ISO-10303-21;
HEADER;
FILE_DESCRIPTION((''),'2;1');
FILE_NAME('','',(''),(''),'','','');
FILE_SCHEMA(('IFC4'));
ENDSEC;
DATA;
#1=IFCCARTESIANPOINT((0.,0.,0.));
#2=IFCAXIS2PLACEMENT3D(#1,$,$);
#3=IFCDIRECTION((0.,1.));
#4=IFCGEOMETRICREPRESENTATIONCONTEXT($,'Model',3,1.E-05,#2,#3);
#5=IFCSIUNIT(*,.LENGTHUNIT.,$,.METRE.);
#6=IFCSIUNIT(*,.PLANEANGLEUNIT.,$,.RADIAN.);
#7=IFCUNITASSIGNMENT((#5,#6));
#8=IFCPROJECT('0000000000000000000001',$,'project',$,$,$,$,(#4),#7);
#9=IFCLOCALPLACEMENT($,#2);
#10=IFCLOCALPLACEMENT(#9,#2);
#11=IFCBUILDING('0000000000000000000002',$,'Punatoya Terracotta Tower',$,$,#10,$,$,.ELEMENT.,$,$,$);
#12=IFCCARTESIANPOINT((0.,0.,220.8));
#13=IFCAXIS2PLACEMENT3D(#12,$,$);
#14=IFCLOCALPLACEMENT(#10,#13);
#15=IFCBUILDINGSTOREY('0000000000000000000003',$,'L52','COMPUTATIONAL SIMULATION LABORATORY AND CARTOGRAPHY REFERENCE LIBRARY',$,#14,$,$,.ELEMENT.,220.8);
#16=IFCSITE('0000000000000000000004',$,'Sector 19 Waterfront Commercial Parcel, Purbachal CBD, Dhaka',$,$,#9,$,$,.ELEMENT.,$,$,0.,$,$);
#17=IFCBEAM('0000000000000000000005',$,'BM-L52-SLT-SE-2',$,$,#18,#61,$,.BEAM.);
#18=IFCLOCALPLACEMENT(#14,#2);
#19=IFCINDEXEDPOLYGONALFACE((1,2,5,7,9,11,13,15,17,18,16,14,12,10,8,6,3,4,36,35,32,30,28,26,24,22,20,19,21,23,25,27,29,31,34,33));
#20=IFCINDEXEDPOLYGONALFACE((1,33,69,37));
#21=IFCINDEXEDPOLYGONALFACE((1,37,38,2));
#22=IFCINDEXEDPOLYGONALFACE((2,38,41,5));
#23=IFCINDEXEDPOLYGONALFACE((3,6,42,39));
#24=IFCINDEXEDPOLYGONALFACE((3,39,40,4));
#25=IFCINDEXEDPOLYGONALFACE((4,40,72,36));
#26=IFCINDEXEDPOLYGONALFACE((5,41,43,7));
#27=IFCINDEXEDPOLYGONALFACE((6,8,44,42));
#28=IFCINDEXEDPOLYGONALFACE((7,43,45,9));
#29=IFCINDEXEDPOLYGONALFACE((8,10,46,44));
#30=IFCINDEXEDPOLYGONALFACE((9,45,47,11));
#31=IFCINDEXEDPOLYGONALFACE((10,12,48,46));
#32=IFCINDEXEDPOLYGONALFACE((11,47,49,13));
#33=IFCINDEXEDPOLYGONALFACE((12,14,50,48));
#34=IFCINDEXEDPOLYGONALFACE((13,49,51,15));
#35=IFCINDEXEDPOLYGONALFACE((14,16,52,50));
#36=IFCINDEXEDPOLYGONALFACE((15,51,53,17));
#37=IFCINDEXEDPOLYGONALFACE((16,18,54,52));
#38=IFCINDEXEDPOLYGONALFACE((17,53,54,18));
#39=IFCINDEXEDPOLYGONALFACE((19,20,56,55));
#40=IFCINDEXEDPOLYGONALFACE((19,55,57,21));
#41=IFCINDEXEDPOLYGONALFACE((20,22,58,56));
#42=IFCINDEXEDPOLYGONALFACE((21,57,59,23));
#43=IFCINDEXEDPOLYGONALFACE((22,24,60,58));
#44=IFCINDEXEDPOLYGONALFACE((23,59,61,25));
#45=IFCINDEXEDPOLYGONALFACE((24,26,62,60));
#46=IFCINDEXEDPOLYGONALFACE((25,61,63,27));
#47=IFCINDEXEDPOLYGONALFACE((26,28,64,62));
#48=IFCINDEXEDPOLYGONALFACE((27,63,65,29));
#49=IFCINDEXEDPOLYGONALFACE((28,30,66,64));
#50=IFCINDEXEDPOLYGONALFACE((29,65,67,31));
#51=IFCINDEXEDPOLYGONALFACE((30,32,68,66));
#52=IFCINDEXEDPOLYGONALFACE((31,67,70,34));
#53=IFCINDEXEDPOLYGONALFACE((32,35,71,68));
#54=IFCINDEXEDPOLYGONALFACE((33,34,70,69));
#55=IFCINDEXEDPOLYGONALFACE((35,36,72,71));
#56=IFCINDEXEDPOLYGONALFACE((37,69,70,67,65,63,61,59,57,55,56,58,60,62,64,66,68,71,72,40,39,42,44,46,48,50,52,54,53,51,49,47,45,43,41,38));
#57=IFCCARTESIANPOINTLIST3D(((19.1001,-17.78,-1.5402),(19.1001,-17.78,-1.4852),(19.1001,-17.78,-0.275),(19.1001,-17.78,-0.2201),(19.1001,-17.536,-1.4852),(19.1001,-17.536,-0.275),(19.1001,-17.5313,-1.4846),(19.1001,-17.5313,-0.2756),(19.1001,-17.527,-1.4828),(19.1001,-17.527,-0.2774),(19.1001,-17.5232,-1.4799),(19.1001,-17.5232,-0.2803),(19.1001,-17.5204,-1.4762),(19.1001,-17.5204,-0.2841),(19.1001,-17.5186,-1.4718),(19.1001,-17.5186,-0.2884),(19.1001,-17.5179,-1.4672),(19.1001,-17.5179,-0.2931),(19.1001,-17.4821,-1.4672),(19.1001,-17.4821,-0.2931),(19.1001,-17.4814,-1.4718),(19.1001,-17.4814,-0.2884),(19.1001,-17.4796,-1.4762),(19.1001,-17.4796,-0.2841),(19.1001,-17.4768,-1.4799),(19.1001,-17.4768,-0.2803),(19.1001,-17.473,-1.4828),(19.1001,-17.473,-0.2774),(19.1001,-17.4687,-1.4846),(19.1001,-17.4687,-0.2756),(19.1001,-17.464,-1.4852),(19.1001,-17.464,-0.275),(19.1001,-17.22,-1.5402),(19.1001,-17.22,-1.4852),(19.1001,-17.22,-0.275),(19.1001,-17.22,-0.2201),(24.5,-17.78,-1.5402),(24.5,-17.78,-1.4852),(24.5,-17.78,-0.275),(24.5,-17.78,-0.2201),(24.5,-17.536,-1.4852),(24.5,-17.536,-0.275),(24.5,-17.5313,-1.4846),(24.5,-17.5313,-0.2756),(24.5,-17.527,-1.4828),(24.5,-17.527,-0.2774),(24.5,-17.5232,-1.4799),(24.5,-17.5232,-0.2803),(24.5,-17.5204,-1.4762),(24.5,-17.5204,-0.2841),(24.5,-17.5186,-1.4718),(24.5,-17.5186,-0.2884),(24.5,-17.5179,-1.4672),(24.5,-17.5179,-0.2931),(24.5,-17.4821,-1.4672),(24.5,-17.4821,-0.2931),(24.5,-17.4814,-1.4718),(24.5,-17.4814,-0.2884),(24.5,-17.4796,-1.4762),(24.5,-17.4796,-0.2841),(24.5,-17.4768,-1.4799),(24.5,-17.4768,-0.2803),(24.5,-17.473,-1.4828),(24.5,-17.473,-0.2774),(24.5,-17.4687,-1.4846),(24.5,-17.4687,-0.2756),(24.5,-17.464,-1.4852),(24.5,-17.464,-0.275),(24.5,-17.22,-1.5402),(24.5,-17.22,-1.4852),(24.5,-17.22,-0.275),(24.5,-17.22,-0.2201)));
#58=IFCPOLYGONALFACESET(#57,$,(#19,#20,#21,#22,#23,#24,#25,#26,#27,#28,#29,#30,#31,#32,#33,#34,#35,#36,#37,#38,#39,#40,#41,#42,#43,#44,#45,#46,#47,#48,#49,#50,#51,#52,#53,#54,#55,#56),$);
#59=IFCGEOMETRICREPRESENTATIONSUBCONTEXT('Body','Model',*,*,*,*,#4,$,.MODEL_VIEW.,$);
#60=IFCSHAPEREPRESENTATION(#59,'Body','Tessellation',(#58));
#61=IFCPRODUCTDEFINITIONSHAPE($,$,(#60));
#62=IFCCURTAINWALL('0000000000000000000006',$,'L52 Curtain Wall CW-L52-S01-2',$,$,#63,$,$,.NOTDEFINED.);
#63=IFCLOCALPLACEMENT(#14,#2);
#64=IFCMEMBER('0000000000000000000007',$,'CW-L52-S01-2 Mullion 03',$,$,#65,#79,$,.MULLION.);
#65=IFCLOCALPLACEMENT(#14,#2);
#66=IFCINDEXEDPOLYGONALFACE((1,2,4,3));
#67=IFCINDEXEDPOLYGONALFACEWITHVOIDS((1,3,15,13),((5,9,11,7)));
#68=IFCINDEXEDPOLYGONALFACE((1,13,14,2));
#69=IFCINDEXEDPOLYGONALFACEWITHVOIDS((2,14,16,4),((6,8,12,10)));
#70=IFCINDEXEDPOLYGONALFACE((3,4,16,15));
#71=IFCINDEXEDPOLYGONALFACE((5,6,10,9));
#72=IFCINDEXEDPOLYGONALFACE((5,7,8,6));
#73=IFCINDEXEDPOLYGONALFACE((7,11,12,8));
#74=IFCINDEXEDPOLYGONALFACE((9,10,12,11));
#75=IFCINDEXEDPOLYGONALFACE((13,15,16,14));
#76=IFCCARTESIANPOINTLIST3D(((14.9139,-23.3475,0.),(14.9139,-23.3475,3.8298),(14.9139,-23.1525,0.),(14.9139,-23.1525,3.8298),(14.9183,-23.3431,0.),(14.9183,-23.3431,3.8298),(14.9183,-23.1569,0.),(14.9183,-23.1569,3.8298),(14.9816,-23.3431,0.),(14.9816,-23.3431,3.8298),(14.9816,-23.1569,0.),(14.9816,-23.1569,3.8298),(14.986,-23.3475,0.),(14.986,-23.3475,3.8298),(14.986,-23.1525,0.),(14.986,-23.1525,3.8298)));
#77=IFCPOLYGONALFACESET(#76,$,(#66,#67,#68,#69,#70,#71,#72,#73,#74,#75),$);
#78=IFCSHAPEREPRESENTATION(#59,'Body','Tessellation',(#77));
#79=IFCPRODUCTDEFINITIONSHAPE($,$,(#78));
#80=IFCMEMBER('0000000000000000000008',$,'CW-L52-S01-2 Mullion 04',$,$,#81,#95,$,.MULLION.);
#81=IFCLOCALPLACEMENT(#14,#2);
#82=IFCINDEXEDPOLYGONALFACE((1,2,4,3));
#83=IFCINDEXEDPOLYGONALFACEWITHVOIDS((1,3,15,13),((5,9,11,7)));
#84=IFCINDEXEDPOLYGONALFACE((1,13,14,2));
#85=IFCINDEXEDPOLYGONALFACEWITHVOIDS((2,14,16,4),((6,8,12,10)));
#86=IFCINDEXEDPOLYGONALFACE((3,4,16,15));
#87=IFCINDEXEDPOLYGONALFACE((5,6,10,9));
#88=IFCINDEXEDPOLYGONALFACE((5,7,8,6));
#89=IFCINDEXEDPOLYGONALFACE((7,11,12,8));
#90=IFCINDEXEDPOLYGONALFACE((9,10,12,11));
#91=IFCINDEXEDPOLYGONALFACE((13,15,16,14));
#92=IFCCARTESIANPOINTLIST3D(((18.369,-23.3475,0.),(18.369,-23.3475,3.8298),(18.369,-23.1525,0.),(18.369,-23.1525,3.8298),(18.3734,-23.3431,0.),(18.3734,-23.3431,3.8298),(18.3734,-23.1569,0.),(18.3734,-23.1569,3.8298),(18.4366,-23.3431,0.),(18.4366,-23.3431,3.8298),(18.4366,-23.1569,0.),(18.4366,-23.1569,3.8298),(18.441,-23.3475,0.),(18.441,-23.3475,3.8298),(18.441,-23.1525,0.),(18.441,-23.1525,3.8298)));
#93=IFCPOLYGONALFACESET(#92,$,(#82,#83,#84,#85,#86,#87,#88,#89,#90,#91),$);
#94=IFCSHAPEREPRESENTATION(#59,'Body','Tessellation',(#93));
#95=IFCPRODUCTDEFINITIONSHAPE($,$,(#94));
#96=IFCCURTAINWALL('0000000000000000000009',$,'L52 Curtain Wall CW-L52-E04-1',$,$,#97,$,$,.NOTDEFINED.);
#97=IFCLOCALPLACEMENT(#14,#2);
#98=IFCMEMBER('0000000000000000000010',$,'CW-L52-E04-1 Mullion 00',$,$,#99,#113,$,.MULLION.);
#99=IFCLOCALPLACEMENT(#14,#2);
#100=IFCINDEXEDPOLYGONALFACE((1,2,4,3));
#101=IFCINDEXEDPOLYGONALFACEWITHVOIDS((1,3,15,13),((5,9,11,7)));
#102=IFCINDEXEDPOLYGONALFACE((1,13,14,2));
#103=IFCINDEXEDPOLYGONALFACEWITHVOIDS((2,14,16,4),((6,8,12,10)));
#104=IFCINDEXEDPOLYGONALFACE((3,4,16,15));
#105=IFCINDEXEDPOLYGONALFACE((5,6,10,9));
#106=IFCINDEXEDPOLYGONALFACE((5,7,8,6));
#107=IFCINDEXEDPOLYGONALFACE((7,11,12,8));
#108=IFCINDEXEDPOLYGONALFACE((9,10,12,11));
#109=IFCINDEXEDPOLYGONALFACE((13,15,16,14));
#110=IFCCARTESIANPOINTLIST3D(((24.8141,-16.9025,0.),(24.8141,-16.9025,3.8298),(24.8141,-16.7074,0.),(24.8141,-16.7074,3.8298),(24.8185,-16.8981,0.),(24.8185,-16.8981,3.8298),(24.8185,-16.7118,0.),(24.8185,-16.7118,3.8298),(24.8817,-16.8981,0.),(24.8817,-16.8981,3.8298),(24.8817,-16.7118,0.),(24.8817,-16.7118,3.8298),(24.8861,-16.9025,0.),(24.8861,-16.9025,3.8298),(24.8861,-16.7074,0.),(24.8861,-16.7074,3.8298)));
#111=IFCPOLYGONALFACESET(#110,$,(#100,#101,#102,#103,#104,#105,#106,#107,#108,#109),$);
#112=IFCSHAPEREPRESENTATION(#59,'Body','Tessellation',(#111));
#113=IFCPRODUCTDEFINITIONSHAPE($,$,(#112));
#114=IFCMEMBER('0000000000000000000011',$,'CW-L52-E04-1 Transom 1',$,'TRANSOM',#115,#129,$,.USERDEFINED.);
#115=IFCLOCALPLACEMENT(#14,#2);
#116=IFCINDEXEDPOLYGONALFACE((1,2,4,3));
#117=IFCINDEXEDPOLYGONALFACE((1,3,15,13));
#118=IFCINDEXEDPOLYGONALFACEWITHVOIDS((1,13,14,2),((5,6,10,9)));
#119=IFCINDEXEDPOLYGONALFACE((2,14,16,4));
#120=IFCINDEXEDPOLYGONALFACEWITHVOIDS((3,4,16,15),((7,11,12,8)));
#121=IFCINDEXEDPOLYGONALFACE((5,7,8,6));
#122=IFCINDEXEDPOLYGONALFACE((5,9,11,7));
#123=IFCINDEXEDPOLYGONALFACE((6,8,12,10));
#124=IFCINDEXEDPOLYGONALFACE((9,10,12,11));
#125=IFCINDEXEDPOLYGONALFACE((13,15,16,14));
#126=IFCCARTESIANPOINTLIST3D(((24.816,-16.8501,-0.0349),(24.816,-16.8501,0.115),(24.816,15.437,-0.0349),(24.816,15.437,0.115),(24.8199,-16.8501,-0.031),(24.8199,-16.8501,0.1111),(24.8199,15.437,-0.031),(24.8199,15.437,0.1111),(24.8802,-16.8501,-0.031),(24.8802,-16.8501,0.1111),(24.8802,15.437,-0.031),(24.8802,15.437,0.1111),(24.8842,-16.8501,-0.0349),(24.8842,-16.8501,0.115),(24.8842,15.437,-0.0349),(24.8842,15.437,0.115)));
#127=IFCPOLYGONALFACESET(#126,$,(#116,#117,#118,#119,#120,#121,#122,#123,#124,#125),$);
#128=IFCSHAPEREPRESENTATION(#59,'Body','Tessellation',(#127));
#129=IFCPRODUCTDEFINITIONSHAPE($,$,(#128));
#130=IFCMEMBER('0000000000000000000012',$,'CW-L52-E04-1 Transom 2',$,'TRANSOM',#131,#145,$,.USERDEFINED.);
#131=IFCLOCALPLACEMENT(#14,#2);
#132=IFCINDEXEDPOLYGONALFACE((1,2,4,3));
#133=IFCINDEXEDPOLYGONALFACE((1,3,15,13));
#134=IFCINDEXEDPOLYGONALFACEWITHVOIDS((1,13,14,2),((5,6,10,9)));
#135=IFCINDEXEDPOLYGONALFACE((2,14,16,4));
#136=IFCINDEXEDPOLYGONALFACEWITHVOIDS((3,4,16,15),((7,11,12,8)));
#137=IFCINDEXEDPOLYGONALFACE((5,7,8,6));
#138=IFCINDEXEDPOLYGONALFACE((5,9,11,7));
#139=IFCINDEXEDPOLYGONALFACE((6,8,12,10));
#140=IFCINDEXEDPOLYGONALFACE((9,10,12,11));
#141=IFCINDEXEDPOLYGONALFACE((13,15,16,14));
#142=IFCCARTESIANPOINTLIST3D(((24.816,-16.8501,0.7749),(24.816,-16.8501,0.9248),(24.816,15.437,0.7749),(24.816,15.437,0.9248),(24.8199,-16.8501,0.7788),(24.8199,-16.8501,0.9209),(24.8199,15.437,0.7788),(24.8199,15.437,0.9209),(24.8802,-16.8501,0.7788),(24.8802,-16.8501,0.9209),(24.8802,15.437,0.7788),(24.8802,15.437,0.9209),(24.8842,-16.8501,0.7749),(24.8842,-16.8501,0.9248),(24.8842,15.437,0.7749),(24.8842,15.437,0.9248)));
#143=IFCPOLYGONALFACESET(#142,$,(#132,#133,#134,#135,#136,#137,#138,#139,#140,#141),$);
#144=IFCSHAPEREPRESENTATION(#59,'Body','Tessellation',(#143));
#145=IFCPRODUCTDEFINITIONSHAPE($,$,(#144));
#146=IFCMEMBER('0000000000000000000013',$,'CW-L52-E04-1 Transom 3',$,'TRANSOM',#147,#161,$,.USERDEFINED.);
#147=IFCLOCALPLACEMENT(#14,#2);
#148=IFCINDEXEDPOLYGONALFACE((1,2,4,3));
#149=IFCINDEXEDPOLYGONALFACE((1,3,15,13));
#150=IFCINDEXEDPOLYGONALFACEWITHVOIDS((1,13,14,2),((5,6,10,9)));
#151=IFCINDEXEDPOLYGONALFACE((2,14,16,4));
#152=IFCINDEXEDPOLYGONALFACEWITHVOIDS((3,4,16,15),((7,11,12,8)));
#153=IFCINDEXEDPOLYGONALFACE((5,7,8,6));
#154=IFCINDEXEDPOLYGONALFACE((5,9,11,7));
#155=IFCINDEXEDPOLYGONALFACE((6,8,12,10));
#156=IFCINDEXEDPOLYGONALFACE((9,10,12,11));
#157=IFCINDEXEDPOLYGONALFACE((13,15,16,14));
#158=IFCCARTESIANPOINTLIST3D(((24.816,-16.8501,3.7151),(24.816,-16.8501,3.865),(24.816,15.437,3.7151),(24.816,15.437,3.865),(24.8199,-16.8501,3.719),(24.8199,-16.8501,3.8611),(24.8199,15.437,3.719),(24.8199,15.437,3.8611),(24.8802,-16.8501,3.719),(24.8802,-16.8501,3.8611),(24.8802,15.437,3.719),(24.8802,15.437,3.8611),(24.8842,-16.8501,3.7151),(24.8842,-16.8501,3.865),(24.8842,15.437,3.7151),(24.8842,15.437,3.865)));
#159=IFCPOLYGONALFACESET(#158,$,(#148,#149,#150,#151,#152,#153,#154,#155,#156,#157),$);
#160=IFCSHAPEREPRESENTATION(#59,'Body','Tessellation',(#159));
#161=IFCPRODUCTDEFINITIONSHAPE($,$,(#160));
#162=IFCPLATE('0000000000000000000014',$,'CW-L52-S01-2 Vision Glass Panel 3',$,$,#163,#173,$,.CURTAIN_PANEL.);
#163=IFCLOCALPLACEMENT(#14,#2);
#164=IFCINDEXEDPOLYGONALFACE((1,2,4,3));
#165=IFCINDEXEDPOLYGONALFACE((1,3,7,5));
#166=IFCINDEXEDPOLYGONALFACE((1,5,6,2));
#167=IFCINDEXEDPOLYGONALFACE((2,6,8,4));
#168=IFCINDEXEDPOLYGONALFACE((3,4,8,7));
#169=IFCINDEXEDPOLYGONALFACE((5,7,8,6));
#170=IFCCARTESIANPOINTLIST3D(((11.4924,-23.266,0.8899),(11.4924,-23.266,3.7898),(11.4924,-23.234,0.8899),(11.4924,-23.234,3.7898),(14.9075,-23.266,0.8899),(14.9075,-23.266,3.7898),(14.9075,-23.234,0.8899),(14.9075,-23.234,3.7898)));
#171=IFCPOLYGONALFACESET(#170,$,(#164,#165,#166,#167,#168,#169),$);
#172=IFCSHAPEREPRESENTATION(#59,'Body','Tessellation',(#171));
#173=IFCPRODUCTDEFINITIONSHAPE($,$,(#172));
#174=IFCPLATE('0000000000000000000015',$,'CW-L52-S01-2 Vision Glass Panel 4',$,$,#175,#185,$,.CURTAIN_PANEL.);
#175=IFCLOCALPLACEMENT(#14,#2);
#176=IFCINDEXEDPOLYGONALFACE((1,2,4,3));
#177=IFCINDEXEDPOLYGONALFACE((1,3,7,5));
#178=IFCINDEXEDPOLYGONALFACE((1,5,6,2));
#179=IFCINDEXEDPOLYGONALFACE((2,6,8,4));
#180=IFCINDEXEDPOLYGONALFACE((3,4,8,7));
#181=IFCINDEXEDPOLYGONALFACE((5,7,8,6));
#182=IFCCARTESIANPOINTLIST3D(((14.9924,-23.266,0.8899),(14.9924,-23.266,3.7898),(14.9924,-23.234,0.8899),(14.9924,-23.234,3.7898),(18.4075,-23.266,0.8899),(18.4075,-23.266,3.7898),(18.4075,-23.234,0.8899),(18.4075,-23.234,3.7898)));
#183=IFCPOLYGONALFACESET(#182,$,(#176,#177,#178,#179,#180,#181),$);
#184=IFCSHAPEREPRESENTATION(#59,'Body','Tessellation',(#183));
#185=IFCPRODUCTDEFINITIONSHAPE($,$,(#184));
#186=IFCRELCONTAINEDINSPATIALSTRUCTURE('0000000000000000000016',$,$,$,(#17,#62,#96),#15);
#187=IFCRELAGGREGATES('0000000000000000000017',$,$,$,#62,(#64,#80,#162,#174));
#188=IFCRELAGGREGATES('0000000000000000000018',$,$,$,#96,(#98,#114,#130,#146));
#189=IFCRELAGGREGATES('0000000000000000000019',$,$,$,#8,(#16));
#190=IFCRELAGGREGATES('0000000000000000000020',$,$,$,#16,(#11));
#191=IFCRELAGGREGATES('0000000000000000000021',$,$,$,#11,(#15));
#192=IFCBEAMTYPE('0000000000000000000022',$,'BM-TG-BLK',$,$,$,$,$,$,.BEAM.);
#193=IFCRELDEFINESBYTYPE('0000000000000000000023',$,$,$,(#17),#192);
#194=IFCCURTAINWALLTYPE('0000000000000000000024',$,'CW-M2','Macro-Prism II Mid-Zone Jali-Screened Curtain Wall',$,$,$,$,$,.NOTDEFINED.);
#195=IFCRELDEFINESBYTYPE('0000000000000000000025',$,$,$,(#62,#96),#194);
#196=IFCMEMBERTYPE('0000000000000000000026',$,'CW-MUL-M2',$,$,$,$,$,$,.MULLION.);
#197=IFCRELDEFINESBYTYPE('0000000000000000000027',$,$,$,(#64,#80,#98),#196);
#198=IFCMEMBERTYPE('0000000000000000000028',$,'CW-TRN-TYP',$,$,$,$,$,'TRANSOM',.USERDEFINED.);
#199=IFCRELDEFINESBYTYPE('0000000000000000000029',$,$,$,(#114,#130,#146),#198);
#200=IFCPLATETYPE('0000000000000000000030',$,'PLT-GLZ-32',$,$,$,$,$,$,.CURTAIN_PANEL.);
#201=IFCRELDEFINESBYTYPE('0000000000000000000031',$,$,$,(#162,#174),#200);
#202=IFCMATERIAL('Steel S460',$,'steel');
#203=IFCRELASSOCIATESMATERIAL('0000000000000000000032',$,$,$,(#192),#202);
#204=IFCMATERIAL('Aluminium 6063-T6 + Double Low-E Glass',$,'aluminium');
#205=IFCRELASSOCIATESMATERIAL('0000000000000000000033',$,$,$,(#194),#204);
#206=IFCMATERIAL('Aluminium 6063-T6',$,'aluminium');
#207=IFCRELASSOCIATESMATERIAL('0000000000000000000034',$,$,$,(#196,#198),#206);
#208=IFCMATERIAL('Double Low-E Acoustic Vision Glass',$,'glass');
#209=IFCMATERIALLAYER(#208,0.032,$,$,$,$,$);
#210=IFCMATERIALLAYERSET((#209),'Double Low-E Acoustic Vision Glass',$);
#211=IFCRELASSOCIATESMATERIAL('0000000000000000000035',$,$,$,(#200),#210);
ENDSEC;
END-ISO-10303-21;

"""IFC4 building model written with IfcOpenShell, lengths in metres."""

from ifc_helpers import new_model, si_unit, direction, frame, origin, origin_2d, place, context, subcontext, project, spatial, rectangle, hollow_rectangle, i_section, extrude, material, layer, layer_set, material_profile, profile_set, type_object, element, aggregate, save


model = new_model("IFC4")

# Units and contexts
model_context = context("Model", 3, precision=1e-05, world=origin(), true_north=direction((0.0, 1.0)))
body_context = subcontext(model_context, "Body", "Model", "MODEL_VIEW")
ifc_project = project(units=[si_unit("LENGTHUNIT", "METRE"), si_unit("PLANEANGLEUNIT", "RADIAN")], contexts=[model_context])

# Site, building, storey
site_placement = place(None, origin())
site = spatial("IfcSite", under=ifc_project, at=site_placement, Name="Sector 19 Waterfront Commercial Parcel, Purbachal CBD, Dhaka", CompositionType="ELEMENT", RefElevation=0.0)
building_placement = place(site_placement, origin())
building = spatial("IfcBuilding", under=site, at=building_placement, Name="Punatoya Terracotta Tower", CompositionType="ELEMENT")
storey_placement = place(building_placement, frame((0.0, 0.0, 220.8)))
storey = spatial("IfcBuildingStorey", under=building, at=storey_placement, Name="L52", Description="COMPUTATIONAL SIMULATION LABORATORY AND CARTOGRAPHY REFERENCE LIBRARY", CompositionType="ELEMENT", Elevation=220.8)

# Shared definitions
ifc_material_1 = material(Name="Steel S460", Category="steel")

# Beam
ifc_material_profile_1 = material_profile(ifc_material_1, i_section(OverallWidth=0.5601, OverallDepth=1.3201, WebThickness=0.0359, FlangeThickness=0.0549, FilletRadius=0.0181, at=origin_2d()))
ifc_profile_set_1 = profile_set([ifc_material_profile_1], Name="Steel S460")
beam_type_1 = type_object("IfcBeamType", Name="BM-TG-BLK", PredefinedType="BEAM", material=ifc_profile_set_1)
for number, where, z_axis, x_axis, name in (
    (1, (19.1001, -17.5, -0.8801), (1.0, 0.0, 0.0), (0.0, 1.0, 0.0), "BM-L52-SLT-SE-2"),
):
    element("IfcBeam", number, at=place(storey_placement, frame(where, z_axis=z_axis, x_axis=x_axis)), inside=storey, type_object=beam_type_1, Name=name, PredefinedType="BEAM", context=body_context, shape_type="SweptSolid", body=[
        extrude(i_section(OverallWidth=0.5601, OverallDepth=1.3201, WebThickness=0.0359, FlangeThickness=0.0549, FilletRadius=0.0181, at=origin_2d()), origin(), (0.0, 0.0, 1.0), 5.3999),
    ])

# Curtain walls, members
ifc_material_2 = material(Name="Aluminium 6063-T6 + Double Low-E Glass", Category="aluminium")
curtain_wall_type = type_object("IfcCurtainWallType", Name="CW-M2", Description="Macro-Prism II Mid-Zone Jali-Screened Curtain Wall", PredefinedType="NOTDEFINED", material=ifc_material_2)
curtain_wall_1_placement = place(storey_placement, origin())
curtain_wall_1 = element("IfcCurtainWall", 2, at=curtain_wall_1_placement, inside=storey, type_object=curtain_wall_type, Name="L52 Curtain Wall CW-L52-S01-2", PredefinedType="NOTDEFINED")
ifc_material_3 = material(Name="Aluminium 6063-T6", Category="aluminium")
ifc_material_profile_2 = material_profile(ifc_material_3, hollow_rectangle(XDim=0.072, YDim=0.1951, WallThickness=0.0044, at=origin_2d()))
ifc_profile_set_2 = profile_set([ifc_material_profile_2], Name="Aluminium 6063-T6")
member_type_1 = type_object("IfcMemberType", Name="CW-MUL-M2", PredefinedType="MULLION", material=ifc_profile_set_2)
member_1_placement = place(storey_placement, frame((14.95, -23.25, 0.0), z_axis=(0.0, 0.0, 1.0), x_axis=(1.0, 0.0, 0.0)))
member_1 = element("IfcMember", 3, at=member_1_placement, type_object=member_type_1, Name="CW-L52-S01-2 Mullion 03", PredefinedType="MULLION", context=body_context, shape_type="SweptSolid", body=[
    extrude(hollow_rectangle(XDim=0.072, YDim=0.1951, WallThickness=0.0044, at=origin_2d()), origin(), (0.0, 0.0, 1.0), 3.8298),
])
member_2_placement = place(storey_placement, frame((18.405, -23.25, 0.0), z_axis=(0.0, 0.0, 1.0), x_axis=(1.0, 0.0, 0.0)))
member_2 = element("IfcMember", 4, at=member_2_placement, type_object=member_type_1, Name="CW-L52-S01-2 Mullion 04", PredefinedType="MULLION", context=body_context, shape_type="SweptSolid", body=[
    extrude(hollow_rectangle(XDim=0.072, YDim=0.1951, WallThickness=0.0044, at=origin_2d()), origin(), (0.0, 0.0, 1.0), 3.8298),
])
curtain_wall_2_placement = place(storey_placement, origin())
curtain_wall_2 = element("IfcCurtainWall", 5, at=curtain_wall_2_placement, inside=storey, type_object=curtain_wall_type, Name="L52 Curtain Wall CW-L52-E04-1", PredefinedType="NOTDEFINED")
member_3_placement = place(storey_placement, frame((24.8501, -16.8049, 0.0), z_axis=(0.0, 0.0, 1.0), x_axis=(1.0, 0.0, 0.0)))
member_3 = element("IfcMember", 6, at=member_3_placement, type_object=member_type_1, Name="CW-L52-E04-1 Mullion 00", PredefinedType="MULLION", context=body_context, shape_type="SweptSolid", body=[
    extrude(hollow_rectangle(XDim=0.072, YDim=0.1951, WallThickness=0.0044, at=origin_2d()), origin(), (0.0, 0.0, 1.0), 3.8298),
])
ifc_material_profile_3 = material_profile(ifc_material_3, hollow_rectangle(XDim=0.0681, YDim=0.1499, WallThickness=0.0039, at=origin_2d()))
ifc_profile_set_3 = profile_set([ifc_material_profile_3], Name="Aluminium 6063-T6")
member_type_2 = type_object("IfcMemberType", Name="CW-TRN-TYP", ElementType="TRANSOM", PredefinedType="USERDEFINED", material=ifc_profile_set_3)
member_4_placement = place(storey_placement, frame((24.8501, -16.8501, 0.04), z_axis=(0.0, 1.0, 0.0), x_axis=(-1.0, 0.0, 0.0)))
member_4 = element("IfcMember", 7, at=member_4_placement, type_object=member_type_2, Name="CW-L52-E04-1 Transom 1", ObjectType="TRANSOM", PredefinedType="USERDEFINED", context=body_context, shape_type="SweptSolid", body=[
    extrude(hollow_rectangle(XDim=0.0681, YDim=0.1499, WallThickness=0.0039, at=origin_2d()), origin(), (0.0, 0.0, 1.0), 32.2871),
])
member_5_placement = place(storey_placement, frame((24.8501, -16.8501, 0.8499), z_axis=(0.0, 1.0, 0.0), x_axis=(-1.0, 0.0, 0.0)))
member_5 = element("IfcMember", 8, at=member_5_placement, type_object=member_type_2, Name="CW-L52-E04-1 Transom 2", ObjectType="TRANSOM", PredefinedType="USERDEFINED", context=body_context, shape_type="SweptSolid", body=[
    extrude(hollow_rectangle(XDim=0.0681, YDim=0.1499, WallThickness=0.0039, at=origin_2d()), origin(), (0.0, 0.0, 1.0), 32.2871),
])
member_6_placement = place(storey_placement, frame((24.8501, -16.8501, 3.79), z_axis=(0.0, 1.0, 0.0), x_axis=(-1.0, 0.0, 0.0)))
member_6 = element("IfcMember", 9, at=member_6_placement, type_object=member_type_2, Name="CW-L52-E04-1 Transom 3", ObjectType="TRANSOM", PredefinedType="USERDEFINED", context=body_context, shape_type="SweptSolid", body=[
    extrude(hollow_rectangle(XDim=0.0681, YDim=0.1499, WallThickness=0.0039, at=origin_2d()), origin(), (0.0, 0.0, 1.0), 32.2871),
])

# Plates
ifc_material_4 = material(Name="Double Low-E Acoustic Vision Glass", Category="glass")
ifc_layer_1 = layer(ifc_material_4, 0.032)
ifc_layer_set_1 = layer_set([ifc_layer_1], Name="Double Low-E Acoustic Vision Glass")
plate_type_1 = type_object("IfcPlateType", Name="PLT-GLZ-32", PredefinedType="CURTAIN_PANEL", material=ifc_layer_set_1)
plate_1_placement = place(storey_placement, frame((13.2, -23.25, 0.8899), z_axis=(0.0, 0.0, 1.0), x_axis=(1.0, 0.0, 0.0)))
plate_1 = element("IfcPlate", 10, at=plate_1_placement, type_object=plate_type_1, Name="CW-L52-S01-2 Vision Glass Panel 3", PredefinedType="CURTAIN_PANEL", context=body_context, shape_type="SweptSolid", body=[
    extrude(rectangle(XDim=3.415, YDim=0.032, at=origin_2d()), origin(), (0.0, 0.0, 1.0), 2.8999),
])
plate_2_placement = place(storey_placement, frame((16.7, -23.25, 0.8899), z_axis=(0.0, 0.0, 1.0), x_axis=(1.0, 0.0, 0.0)))
plate_2 = element("IfcPlate", 11, at=plate_2_placement, type_object=plate_type_1, Name="CW-L52-S01-2 Vision Glass Panel 4", PredefinedType="CURTAIN_PANEL", context=body_context, shape_type="SweptSolid", body=[
    extrude(rectangle(XDim=3.415, YDim=0.032, at=origin_2d()), origin(), (0.0, 0.0, 1.0), 2.8999),
])
aggregate(curtain_wall_1, [member_1, member_2, plate_1, plate_2])
aggregate(curtain_wall_2, [member_3, member_4, member_5, member_6])

save(model, "model.ifc")
